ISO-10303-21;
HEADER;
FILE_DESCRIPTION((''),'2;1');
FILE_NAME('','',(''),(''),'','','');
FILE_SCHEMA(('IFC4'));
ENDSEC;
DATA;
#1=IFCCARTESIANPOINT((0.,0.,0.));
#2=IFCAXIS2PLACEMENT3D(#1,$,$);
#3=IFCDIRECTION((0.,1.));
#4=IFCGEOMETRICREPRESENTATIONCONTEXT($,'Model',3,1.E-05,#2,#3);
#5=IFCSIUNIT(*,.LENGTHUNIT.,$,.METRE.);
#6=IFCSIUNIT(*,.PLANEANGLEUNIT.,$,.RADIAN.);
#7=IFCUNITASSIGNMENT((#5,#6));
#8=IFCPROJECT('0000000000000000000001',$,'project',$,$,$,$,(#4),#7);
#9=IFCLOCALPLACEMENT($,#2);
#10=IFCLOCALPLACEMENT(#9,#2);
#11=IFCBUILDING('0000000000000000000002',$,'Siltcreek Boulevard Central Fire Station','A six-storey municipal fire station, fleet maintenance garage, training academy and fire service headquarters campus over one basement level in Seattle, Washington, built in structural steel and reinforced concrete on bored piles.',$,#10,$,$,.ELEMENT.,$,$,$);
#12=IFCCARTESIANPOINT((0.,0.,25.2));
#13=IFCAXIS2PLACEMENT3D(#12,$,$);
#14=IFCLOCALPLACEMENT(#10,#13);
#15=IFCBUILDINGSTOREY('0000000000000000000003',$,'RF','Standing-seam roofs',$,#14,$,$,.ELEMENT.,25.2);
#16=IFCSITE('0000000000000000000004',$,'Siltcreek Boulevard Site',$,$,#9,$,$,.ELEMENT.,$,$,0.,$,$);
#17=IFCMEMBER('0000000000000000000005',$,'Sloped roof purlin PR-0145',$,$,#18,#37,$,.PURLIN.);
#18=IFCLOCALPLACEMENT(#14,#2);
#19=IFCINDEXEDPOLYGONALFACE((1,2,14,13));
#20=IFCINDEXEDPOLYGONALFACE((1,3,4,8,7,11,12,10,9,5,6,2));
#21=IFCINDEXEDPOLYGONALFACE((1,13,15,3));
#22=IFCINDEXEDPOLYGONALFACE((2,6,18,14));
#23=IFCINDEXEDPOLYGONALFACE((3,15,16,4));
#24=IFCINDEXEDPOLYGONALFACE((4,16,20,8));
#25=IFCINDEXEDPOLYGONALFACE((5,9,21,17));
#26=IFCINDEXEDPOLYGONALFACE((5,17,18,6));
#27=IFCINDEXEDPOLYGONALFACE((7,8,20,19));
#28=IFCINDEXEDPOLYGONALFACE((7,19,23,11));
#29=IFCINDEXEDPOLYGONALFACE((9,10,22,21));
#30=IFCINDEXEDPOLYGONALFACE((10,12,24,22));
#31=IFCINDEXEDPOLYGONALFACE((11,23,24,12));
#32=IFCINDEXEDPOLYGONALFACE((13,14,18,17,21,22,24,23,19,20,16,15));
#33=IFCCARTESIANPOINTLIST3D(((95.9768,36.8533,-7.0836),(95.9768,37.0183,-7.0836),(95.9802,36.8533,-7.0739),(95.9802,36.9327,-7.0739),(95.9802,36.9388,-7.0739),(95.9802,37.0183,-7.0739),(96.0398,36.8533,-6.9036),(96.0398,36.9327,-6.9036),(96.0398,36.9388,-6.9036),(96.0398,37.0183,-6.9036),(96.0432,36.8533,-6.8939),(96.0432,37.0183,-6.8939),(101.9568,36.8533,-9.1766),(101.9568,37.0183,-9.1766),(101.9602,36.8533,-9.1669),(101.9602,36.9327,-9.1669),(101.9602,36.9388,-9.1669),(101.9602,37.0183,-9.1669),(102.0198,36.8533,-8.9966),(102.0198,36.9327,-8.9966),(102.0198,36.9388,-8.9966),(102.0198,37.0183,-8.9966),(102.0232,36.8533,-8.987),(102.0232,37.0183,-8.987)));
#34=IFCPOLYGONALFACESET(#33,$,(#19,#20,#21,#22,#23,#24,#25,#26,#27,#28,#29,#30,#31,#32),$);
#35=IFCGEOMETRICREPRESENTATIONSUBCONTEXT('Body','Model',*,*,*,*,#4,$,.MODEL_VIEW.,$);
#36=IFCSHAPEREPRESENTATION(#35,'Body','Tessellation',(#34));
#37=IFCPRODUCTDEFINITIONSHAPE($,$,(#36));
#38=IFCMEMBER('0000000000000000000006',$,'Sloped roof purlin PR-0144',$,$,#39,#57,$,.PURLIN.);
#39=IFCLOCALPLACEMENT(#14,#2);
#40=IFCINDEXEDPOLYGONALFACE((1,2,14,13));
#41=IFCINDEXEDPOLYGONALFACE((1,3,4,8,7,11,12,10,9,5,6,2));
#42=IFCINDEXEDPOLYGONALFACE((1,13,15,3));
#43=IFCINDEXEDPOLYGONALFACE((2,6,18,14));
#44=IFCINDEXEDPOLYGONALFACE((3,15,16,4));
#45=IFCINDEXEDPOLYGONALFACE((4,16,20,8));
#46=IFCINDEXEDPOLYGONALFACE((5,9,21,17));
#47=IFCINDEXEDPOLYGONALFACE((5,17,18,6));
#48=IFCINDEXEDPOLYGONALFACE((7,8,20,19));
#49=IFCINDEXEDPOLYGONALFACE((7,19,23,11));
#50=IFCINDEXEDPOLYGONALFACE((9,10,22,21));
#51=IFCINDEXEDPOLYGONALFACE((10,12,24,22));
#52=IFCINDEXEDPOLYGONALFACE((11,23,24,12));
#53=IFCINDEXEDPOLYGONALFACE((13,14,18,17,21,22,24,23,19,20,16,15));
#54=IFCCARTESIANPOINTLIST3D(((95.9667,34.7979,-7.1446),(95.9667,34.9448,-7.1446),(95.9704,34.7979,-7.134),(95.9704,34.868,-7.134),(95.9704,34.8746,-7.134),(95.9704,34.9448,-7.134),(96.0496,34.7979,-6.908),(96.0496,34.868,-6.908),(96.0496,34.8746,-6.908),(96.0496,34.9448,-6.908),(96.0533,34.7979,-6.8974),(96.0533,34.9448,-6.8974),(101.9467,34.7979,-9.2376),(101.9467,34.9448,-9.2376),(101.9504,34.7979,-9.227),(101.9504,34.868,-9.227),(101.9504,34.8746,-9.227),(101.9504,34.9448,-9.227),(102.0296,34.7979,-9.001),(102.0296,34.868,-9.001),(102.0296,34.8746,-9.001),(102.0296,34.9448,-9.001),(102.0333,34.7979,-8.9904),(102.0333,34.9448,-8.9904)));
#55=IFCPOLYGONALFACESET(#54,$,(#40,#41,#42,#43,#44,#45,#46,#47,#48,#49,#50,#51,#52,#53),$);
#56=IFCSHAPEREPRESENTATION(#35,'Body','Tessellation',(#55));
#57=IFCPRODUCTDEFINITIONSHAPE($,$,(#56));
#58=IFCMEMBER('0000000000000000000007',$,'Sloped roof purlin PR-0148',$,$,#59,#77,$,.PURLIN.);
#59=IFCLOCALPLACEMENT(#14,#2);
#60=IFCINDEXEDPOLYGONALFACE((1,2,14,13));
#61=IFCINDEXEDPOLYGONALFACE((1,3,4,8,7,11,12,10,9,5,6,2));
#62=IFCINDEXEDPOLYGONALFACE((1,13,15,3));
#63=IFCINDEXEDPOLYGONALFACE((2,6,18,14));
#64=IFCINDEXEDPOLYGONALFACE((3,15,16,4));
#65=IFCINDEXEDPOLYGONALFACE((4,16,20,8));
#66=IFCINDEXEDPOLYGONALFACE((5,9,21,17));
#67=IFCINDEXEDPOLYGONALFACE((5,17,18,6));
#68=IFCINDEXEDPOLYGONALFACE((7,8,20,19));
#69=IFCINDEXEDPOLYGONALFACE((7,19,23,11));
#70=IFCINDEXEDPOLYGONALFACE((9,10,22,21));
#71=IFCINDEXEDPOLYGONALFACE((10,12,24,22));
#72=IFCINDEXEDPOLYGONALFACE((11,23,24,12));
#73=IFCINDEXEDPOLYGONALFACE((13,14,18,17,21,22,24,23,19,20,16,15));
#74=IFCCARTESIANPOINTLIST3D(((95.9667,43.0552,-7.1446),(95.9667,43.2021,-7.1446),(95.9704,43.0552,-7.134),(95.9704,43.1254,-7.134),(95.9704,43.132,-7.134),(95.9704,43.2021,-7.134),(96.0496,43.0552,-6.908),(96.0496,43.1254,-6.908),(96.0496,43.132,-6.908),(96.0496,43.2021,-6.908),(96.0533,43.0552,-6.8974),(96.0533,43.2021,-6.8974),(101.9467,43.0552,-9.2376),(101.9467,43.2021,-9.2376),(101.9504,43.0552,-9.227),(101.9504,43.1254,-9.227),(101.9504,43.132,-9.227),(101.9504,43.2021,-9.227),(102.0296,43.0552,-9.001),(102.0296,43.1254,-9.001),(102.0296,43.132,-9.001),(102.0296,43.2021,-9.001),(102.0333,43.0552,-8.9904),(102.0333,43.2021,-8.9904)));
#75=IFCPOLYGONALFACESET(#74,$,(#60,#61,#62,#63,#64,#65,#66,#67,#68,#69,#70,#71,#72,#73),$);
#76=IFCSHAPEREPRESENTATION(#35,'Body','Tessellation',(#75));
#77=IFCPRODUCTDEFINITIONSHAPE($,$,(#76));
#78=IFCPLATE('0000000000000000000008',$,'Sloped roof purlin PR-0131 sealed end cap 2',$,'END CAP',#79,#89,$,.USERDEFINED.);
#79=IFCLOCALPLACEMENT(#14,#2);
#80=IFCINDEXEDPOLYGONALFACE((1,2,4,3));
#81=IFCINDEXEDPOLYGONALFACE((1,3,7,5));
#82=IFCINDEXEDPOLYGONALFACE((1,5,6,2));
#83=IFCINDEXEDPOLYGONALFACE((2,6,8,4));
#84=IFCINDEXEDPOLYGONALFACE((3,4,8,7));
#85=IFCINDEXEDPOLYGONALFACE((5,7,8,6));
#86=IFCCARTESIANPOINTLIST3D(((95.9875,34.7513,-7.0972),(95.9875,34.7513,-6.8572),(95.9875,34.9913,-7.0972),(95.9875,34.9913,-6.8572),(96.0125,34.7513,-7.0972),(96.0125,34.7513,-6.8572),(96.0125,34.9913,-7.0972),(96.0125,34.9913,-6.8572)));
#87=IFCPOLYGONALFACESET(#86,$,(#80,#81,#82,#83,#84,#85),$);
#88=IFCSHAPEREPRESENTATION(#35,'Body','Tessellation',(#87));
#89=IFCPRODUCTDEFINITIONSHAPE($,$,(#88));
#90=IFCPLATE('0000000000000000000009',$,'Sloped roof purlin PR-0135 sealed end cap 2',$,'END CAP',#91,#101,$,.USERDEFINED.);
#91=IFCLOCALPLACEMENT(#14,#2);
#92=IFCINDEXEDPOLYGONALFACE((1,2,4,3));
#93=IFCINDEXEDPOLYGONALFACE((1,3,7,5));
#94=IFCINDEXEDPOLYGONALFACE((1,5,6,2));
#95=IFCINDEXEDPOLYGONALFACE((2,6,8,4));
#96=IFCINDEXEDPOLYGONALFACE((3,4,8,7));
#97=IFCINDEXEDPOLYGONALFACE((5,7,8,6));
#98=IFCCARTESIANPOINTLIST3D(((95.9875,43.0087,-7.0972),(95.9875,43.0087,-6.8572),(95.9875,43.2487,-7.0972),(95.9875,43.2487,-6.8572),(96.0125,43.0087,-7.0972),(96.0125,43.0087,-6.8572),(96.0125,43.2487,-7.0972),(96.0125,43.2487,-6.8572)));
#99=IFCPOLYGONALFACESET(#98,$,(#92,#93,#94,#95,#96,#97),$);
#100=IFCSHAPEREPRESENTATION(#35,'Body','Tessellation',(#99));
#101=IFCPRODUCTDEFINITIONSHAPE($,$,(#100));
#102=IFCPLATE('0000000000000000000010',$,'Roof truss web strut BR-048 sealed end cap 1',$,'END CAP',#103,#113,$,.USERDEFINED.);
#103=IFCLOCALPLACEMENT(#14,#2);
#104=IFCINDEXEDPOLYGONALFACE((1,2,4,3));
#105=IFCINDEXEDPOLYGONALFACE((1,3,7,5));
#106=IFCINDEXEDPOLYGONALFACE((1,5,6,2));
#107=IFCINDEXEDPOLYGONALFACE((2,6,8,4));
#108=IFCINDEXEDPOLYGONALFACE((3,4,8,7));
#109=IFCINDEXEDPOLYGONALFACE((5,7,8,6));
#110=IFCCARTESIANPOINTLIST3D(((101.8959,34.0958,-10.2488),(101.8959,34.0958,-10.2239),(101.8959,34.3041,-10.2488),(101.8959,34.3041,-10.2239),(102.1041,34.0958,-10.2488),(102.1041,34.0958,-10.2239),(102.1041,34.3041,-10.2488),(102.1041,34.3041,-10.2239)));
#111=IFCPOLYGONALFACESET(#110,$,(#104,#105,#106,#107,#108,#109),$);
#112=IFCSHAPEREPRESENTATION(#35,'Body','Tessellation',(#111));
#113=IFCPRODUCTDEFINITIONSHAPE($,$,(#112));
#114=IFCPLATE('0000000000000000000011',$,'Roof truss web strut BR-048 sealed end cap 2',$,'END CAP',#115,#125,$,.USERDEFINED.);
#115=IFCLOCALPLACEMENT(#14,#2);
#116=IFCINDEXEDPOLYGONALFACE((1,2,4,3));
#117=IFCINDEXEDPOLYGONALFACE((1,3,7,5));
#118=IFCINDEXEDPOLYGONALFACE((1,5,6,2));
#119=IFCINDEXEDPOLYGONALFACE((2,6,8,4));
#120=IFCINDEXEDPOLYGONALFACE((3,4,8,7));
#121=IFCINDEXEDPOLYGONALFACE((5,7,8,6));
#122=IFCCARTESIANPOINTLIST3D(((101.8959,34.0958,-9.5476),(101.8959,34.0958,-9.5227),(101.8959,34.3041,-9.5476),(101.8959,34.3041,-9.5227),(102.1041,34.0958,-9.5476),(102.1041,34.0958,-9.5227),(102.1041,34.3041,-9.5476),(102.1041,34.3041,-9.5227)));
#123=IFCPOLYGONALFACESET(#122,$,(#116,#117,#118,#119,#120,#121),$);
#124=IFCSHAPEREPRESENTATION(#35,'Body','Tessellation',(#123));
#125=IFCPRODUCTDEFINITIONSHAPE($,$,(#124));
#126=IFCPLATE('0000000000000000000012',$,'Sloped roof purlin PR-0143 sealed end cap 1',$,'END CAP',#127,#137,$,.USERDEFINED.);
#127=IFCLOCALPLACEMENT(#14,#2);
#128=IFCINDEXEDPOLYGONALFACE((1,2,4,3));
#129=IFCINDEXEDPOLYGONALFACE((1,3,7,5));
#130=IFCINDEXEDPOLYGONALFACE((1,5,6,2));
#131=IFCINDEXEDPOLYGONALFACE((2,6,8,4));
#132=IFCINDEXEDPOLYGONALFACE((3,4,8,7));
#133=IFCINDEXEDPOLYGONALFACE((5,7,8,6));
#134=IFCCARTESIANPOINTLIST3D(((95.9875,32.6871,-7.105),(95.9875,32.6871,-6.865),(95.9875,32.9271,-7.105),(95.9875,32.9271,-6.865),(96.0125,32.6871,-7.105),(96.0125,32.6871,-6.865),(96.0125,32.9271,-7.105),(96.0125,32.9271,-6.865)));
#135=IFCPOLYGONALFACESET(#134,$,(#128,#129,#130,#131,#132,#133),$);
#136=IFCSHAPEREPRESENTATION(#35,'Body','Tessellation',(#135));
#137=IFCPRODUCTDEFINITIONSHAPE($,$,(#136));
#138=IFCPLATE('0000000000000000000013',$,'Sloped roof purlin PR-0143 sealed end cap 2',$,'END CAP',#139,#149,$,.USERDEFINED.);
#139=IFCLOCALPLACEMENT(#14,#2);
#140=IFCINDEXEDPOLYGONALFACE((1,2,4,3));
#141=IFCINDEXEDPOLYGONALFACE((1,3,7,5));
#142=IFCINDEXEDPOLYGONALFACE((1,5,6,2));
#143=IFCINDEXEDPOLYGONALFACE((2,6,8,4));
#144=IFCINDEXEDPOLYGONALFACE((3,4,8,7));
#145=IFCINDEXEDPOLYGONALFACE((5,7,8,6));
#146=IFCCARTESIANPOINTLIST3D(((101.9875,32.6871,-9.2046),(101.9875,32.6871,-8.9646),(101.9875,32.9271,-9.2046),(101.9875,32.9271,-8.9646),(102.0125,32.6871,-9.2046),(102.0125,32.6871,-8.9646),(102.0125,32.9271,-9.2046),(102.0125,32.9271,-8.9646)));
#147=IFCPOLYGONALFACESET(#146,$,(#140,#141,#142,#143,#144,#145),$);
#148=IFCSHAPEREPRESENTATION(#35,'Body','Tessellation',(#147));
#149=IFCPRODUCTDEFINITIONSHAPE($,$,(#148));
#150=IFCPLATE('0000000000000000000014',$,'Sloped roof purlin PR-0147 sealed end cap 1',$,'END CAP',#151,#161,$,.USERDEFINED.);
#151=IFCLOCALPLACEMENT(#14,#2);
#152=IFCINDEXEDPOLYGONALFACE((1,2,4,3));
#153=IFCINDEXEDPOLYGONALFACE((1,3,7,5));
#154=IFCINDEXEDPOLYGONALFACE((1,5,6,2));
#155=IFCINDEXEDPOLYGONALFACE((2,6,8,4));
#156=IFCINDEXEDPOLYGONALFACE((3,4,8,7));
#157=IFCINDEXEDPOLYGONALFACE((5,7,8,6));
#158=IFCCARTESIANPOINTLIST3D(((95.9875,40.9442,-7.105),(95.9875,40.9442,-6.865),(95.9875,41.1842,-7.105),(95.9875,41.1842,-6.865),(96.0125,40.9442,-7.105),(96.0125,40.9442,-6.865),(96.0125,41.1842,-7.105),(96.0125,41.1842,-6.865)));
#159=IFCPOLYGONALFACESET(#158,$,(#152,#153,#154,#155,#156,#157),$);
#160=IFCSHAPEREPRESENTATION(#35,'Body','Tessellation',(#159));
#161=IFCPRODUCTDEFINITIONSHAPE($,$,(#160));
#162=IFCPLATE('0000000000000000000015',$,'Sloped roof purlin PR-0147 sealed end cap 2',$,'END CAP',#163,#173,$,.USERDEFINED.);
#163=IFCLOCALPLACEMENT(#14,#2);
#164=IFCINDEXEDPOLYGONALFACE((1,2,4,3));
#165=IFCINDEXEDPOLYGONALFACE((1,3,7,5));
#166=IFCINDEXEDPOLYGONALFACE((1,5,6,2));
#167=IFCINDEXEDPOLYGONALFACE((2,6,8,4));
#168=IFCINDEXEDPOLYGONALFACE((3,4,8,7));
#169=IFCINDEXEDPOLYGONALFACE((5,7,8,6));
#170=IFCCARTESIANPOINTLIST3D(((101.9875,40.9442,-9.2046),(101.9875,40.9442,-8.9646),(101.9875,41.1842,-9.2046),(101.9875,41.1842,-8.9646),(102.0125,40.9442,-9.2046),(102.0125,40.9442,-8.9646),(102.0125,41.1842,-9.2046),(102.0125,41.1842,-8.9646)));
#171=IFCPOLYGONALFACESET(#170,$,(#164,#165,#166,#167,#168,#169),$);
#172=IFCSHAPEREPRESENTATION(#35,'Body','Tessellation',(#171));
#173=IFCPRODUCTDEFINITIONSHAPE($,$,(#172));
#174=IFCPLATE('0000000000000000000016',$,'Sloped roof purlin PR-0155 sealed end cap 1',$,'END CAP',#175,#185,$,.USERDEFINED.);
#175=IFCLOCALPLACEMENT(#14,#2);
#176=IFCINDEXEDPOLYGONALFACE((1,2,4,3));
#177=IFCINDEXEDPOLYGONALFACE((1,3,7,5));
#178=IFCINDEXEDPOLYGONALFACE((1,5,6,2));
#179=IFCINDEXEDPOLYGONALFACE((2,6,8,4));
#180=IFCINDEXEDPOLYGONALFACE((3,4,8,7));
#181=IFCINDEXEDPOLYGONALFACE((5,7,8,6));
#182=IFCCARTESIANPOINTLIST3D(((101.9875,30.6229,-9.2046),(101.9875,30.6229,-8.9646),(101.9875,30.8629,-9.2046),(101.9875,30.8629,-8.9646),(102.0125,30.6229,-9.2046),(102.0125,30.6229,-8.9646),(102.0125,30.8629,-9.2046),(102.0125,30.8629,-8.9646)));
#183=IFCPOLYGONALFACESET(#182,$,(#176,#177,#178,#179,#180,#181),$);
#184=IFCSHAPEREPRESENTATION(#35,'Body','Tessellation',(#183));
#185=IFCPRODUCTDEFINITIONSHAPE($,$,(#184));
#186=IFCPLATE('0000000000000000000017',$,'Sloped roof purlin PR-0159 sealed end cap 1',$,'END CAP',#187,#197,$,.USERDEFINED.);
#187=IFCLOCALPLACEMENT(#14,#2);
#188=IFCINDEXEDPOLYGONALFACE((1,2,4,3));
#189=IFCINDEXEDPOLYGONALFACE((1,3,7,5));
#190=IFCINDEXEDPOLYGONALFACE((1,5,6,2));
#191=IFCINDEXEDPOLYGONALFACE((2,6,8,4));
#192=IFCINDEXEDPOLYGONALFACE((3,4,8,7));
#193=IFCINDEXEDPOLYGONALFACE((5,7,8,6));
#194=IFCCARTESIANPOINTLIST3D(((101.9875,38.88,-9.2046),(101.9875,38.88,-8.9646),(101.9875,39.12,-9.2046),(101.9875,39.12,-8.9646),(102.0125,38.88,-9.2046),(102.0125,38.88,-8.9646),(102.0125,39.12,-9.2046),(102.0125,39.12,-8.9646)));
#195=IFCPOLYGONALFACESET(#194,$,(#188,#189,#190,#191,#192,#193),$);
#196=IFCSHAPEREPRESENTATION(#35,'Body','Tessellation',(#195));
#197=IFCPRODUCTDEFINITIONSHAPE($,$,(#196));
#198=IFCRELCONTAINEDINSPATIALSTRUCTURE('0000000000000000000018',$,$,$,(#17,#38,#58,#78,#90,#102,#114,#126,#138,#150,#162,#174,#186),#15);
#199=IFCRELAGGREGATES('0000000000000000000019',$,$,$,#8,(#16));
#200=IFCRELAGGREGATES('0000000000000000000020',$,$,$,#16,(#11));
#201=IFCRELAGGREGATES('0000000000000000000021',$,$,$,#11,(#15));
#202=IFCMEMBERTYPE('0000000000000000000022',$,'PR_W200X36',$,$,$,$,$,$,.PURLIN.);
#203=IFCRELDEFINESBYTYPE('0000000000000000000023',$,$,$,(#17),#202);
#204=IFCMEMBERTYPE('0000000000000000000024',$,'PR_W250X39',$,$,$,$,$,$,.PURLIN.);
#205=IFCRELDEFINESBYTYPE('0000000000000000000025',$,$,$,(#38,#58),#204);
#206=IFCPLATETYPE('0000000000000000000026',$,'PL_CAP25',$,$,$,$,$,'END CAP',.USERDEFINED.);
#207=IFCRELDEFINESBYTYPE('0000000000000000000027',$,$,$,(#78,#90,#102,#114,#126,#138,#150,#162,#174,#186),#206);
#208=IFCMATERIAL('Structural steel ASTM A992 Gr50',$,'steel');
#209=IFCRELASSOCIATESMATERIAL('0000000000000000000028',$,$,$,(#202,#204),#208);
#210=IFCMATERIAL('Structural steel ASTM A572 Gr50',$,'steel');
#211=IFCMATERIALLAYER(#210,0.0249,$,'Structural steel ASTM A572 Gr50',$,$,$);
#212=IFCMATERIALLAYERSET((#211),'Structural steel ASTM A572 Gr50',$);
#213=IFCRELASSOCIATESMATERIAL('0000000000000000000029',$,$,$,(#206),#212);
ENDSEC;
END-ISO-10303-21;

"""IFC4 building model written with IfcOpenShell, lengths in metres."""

from ifc_helpers import new_model, si_unit, direction, frame, origin, origin_2d, place, context, subcontext, project, spatial, rectangle, i_section, extrude, material, layer, layer_set, material_profile, profile_set, type_object, element, save


model = new_model("IFC4")

# Units and contexts
model_context = context("Model", 3, precision=1e-05, world=origin(), true_north=direction((0.0, 1.0)))
body_context = subcontext(model_context, "Body", "Model", "MODEL_VIEW")
ifc_project = project(units=[si_unit("LENGTHUNIT", "METRE"), si_unit("PLANEANGLEUNIT", "RADIAN")], contexts=[model_context])

# Site, building, storey
site_placement = place(None, origin())
site = spatial("IfcSite", under=ifc_project, at=site_placement, Name="Siltcreek Boulevard Site", CompositionType="ELEMENT", RefElevation=0.0)
building_placement = place(site_placement, origin())
building = spatial("IfcBuilding", under=site, at=building_placement, Name="Siltcreek Boulevard Central Fire Station", Description="A six-storey municipal fire station, fleet maintenance garage, training academy and fire service headquarters campus over one basement level in Seattle, Washington, built in structural steel and reinforced concrete on bored piles.", CompositionType="ELEMENT")
storey_placement = place(building_placement, frame((0.0, 0.0, 25.2)))
storey = spatial("IfcBuildingStorey", under=building, at=storey_placement, Name="RF", Description="Standing-seam roofs", CompositionType="ELEMENT", Elevation=25.2)

# Members
ifc_material_1 = material(Name="Structural steel ASTM A992 Gr50", Category="steel")
ifc_material_profile_1 = material_profile(ifc_material_1, i_section(OverallWidth=0.165, OverallDepth=0.2009, WebThickness=0.0061, FlangeThickness=0.0103, at=origin_2d()), Name="W200X36")
ifc_profile_set_1 = profile_set([ifc_material_profile_1], Name="Structural steel ASTM A992 Gr50")
member_type_1 = type_object("IfcMemberType", Name="PR_W200X36", PredefinedType="PURLIN", material=ifc_profile_set_1)
member_1_placement = place(storey_placement, frame((96.01, 36.9358, -6.9888), z_axis=(0.943857, 0.0, -0.330354), x_axis=(0.0, 1.0, 0.0)))
element("IfcMember", 1, at=member_1_placement, inside=storey, type_object=member_type_1, Name="Sloped roof purlin PR-0145", PredefinedType="PURLIN", context=body_context, shape_type="SweptSolid", body=[
    extrude(i_section(OverallWidth=0.165, OverallDepth=0.2009, WebThickness=0.0061, FlangeThickness=0.0103, at=origin_2d()), origin(), (0.0, 0.0, 1.0), 6.3357),
])
ifc_material_profile_2 = material_profile(ifc_material_1, i_section(OverallWidth=0.147, OverallDepth=0.262, WebThickness=0.0066, FlangeThickness=0.0112, at=origin_2d()), Name="W250X39")
ifc_profile_set_2 = profile_set([ifc_material_profile_2], Name="Structural steel ASTM A992 Gr50")
member_type_2 = type_object("IfcMemberType", Name="PR_W250X39", PredefinedType="PURLIN", material=ifc_profile_set_2)
for number, where, z_axis, x_axis, name in (
    (2, (96.01, 34.8713, -7.021), (0.943857, 0.0, -0.330354), (0.0, 1.0, 0.0), "Sloped roof purlin PR-0144"),
    (3, (96.01, 43.1287, -7.021), (0.943857, 0.0, -0.330354), (0.0, 1.0, 0.0), "Sloped roof purlin PR-0148"),
):
    element("IfcMember", number, at=place(storey_placement, frame(where, z_axis=z_axis, x_axis=x_axis)), inside=storey, type_object=member_type_2, Name=name, PredefinedType="PURLIN", context=body_context, shape_type="SweptSolid", body=[
        extrude(i_section(OverallWidth=0.147, OverallDepth=0.262, WebThickness=0.0066, FlangeThickness=0.0112, at=origin_2d()), origin(), (0.0, 0.0, 1.0), 6.3357),
    ])

# Plates
ifc_material_2 = material(Name="Structural steel ASTM A572 Gr50", Category="steel")
ifc_layer = layer(ifc_material_2, 0.0249, Name="Structural steel ASTM A572 Gr50")
ifc_layer_set = layer_set([ifc_layer], Name="Structural steel ASTM A572 Gr50")
plate_type = type_object("IfcPlateType", Name="PL_CAP25", ElementType="END CAP", PredefinedType="USERDEFINED", material=ifc_layer_set)
for number, where, z_axis, x_axis, name in (
    (4, (96.0, 34.8713, -7.0972), (0.0, 0.0, 1.0), (1.0, 0.0, 0.0), "Sloped roof purlin PR-0131 sealed end cap 2"),
    (5, (96.0, 43.1287, -7.0972), (0.0, 0.0, 1.0), (1.0, 0.0, 0.0), "Sloped roof purlin PR-0135 sealed end cap 2"),
):
    element("IfcPlate", number, at=place(storey_placement, frame(where, z_axis=z_axis, x_axis=x_axis)), inside=storey, type_object=plate_type, Name=name, ObjectType="END CAP", PredefinedType="USERDEFINED", context=body_context, shape_type="SweptSolid", body=[
        extrude(rectangle(XDim=0.0249, YDim=0.24, at=origin_2d()), origin(), (0.0, 0.0, 1.0), 0.24),
    ])
for number, where, z_axis, x_axis, name in (
    (6, (102.0, 34.2, -10.2488), (0.0, 0.0, 1.0), (1.0, 0.0, 0.0), "Roof truss web strut BR-048 sealed end cap 1"),
    (7, (102.0, 34.2, -9.5476), (0.0, 0.0, 1.0), (1.0, 0.0, 0.0), "Roof truss web strut BR-048 sealed end cap 2"),
):
    element("IfcPlate", number, at=place(storey_placement, frame(where, z_axis=z_axis, x_axis=x_axis)), inside=storey, type_object=plate_type, Name=name, ObjectType="END CAP", PredefinedType="USERDEFINED", context=body_context, shape_type="SweptSolid", body=[
        extrude(rectangle(XDim=0.2083, YDim=0.2083, at=origin_2d()), origin(), (0.0, 0.0, 1.0), 0.0249),
    ])
for number, where, z_axis, x_axis, name in (
    (8, (96.0, 32.8071, -7.105), (0.0, 0.0, 1.0), (1.0, 0.0, 0.0), "Sloped roof purlin PR-0143 sealed end cap 1"),
    (9, (102.0, 32.8071, -9.2046), (0.0, 0.0, 1.0), (1.0, 0.0, 0.0), "Sloped roof purlin PR-0143 sealed end cap 2"),
    (10, (96.0, 41.0642, -7.105), (0.0, 0.0, 1.0), (1.0, 0.0, 0.0), "Sloped roof purlin PR-0147 sealed end cap 1"),
    (11, (102.0, 41.0642, -9.2046), (0.0, 0.0, 1.0), (1.0, 0.0, 0.0), "Sloped roof purlin PR-0147 sealed end cap 2"),
    (12, (102.0, 30.7429, -9.2046), (0.0, 0.0, 1.0), (1.0, 0.0, 0.0), "Sloped roof purlin PR-0155 sealed end cap 1"),
    (13, (102.0, 39.0, -9.2046), (0.0, 0.0, 1.0), (1.0, 0.0, 0.0), "Sloped roof purlin PR-0159 sealed end cap 1"),
):
    element("IfcPlate", number, at=place(storey_placement, frame(where, z_axis=z_axis, x_axis=x_axis)), inside=storey, type_object=plate_type, Name=name, ObjectType="END CAP", PredefinedType="USERDEFINED", context=body_context, shape_type="SweptSolid", body=[
        extrude(rectangle(XDim=0.0249, YDim=0.24, at=origin_2d()), origin(), (0.0, 0.0, 1.0), 0.24),
    ])

save(model, "model.ifc")
